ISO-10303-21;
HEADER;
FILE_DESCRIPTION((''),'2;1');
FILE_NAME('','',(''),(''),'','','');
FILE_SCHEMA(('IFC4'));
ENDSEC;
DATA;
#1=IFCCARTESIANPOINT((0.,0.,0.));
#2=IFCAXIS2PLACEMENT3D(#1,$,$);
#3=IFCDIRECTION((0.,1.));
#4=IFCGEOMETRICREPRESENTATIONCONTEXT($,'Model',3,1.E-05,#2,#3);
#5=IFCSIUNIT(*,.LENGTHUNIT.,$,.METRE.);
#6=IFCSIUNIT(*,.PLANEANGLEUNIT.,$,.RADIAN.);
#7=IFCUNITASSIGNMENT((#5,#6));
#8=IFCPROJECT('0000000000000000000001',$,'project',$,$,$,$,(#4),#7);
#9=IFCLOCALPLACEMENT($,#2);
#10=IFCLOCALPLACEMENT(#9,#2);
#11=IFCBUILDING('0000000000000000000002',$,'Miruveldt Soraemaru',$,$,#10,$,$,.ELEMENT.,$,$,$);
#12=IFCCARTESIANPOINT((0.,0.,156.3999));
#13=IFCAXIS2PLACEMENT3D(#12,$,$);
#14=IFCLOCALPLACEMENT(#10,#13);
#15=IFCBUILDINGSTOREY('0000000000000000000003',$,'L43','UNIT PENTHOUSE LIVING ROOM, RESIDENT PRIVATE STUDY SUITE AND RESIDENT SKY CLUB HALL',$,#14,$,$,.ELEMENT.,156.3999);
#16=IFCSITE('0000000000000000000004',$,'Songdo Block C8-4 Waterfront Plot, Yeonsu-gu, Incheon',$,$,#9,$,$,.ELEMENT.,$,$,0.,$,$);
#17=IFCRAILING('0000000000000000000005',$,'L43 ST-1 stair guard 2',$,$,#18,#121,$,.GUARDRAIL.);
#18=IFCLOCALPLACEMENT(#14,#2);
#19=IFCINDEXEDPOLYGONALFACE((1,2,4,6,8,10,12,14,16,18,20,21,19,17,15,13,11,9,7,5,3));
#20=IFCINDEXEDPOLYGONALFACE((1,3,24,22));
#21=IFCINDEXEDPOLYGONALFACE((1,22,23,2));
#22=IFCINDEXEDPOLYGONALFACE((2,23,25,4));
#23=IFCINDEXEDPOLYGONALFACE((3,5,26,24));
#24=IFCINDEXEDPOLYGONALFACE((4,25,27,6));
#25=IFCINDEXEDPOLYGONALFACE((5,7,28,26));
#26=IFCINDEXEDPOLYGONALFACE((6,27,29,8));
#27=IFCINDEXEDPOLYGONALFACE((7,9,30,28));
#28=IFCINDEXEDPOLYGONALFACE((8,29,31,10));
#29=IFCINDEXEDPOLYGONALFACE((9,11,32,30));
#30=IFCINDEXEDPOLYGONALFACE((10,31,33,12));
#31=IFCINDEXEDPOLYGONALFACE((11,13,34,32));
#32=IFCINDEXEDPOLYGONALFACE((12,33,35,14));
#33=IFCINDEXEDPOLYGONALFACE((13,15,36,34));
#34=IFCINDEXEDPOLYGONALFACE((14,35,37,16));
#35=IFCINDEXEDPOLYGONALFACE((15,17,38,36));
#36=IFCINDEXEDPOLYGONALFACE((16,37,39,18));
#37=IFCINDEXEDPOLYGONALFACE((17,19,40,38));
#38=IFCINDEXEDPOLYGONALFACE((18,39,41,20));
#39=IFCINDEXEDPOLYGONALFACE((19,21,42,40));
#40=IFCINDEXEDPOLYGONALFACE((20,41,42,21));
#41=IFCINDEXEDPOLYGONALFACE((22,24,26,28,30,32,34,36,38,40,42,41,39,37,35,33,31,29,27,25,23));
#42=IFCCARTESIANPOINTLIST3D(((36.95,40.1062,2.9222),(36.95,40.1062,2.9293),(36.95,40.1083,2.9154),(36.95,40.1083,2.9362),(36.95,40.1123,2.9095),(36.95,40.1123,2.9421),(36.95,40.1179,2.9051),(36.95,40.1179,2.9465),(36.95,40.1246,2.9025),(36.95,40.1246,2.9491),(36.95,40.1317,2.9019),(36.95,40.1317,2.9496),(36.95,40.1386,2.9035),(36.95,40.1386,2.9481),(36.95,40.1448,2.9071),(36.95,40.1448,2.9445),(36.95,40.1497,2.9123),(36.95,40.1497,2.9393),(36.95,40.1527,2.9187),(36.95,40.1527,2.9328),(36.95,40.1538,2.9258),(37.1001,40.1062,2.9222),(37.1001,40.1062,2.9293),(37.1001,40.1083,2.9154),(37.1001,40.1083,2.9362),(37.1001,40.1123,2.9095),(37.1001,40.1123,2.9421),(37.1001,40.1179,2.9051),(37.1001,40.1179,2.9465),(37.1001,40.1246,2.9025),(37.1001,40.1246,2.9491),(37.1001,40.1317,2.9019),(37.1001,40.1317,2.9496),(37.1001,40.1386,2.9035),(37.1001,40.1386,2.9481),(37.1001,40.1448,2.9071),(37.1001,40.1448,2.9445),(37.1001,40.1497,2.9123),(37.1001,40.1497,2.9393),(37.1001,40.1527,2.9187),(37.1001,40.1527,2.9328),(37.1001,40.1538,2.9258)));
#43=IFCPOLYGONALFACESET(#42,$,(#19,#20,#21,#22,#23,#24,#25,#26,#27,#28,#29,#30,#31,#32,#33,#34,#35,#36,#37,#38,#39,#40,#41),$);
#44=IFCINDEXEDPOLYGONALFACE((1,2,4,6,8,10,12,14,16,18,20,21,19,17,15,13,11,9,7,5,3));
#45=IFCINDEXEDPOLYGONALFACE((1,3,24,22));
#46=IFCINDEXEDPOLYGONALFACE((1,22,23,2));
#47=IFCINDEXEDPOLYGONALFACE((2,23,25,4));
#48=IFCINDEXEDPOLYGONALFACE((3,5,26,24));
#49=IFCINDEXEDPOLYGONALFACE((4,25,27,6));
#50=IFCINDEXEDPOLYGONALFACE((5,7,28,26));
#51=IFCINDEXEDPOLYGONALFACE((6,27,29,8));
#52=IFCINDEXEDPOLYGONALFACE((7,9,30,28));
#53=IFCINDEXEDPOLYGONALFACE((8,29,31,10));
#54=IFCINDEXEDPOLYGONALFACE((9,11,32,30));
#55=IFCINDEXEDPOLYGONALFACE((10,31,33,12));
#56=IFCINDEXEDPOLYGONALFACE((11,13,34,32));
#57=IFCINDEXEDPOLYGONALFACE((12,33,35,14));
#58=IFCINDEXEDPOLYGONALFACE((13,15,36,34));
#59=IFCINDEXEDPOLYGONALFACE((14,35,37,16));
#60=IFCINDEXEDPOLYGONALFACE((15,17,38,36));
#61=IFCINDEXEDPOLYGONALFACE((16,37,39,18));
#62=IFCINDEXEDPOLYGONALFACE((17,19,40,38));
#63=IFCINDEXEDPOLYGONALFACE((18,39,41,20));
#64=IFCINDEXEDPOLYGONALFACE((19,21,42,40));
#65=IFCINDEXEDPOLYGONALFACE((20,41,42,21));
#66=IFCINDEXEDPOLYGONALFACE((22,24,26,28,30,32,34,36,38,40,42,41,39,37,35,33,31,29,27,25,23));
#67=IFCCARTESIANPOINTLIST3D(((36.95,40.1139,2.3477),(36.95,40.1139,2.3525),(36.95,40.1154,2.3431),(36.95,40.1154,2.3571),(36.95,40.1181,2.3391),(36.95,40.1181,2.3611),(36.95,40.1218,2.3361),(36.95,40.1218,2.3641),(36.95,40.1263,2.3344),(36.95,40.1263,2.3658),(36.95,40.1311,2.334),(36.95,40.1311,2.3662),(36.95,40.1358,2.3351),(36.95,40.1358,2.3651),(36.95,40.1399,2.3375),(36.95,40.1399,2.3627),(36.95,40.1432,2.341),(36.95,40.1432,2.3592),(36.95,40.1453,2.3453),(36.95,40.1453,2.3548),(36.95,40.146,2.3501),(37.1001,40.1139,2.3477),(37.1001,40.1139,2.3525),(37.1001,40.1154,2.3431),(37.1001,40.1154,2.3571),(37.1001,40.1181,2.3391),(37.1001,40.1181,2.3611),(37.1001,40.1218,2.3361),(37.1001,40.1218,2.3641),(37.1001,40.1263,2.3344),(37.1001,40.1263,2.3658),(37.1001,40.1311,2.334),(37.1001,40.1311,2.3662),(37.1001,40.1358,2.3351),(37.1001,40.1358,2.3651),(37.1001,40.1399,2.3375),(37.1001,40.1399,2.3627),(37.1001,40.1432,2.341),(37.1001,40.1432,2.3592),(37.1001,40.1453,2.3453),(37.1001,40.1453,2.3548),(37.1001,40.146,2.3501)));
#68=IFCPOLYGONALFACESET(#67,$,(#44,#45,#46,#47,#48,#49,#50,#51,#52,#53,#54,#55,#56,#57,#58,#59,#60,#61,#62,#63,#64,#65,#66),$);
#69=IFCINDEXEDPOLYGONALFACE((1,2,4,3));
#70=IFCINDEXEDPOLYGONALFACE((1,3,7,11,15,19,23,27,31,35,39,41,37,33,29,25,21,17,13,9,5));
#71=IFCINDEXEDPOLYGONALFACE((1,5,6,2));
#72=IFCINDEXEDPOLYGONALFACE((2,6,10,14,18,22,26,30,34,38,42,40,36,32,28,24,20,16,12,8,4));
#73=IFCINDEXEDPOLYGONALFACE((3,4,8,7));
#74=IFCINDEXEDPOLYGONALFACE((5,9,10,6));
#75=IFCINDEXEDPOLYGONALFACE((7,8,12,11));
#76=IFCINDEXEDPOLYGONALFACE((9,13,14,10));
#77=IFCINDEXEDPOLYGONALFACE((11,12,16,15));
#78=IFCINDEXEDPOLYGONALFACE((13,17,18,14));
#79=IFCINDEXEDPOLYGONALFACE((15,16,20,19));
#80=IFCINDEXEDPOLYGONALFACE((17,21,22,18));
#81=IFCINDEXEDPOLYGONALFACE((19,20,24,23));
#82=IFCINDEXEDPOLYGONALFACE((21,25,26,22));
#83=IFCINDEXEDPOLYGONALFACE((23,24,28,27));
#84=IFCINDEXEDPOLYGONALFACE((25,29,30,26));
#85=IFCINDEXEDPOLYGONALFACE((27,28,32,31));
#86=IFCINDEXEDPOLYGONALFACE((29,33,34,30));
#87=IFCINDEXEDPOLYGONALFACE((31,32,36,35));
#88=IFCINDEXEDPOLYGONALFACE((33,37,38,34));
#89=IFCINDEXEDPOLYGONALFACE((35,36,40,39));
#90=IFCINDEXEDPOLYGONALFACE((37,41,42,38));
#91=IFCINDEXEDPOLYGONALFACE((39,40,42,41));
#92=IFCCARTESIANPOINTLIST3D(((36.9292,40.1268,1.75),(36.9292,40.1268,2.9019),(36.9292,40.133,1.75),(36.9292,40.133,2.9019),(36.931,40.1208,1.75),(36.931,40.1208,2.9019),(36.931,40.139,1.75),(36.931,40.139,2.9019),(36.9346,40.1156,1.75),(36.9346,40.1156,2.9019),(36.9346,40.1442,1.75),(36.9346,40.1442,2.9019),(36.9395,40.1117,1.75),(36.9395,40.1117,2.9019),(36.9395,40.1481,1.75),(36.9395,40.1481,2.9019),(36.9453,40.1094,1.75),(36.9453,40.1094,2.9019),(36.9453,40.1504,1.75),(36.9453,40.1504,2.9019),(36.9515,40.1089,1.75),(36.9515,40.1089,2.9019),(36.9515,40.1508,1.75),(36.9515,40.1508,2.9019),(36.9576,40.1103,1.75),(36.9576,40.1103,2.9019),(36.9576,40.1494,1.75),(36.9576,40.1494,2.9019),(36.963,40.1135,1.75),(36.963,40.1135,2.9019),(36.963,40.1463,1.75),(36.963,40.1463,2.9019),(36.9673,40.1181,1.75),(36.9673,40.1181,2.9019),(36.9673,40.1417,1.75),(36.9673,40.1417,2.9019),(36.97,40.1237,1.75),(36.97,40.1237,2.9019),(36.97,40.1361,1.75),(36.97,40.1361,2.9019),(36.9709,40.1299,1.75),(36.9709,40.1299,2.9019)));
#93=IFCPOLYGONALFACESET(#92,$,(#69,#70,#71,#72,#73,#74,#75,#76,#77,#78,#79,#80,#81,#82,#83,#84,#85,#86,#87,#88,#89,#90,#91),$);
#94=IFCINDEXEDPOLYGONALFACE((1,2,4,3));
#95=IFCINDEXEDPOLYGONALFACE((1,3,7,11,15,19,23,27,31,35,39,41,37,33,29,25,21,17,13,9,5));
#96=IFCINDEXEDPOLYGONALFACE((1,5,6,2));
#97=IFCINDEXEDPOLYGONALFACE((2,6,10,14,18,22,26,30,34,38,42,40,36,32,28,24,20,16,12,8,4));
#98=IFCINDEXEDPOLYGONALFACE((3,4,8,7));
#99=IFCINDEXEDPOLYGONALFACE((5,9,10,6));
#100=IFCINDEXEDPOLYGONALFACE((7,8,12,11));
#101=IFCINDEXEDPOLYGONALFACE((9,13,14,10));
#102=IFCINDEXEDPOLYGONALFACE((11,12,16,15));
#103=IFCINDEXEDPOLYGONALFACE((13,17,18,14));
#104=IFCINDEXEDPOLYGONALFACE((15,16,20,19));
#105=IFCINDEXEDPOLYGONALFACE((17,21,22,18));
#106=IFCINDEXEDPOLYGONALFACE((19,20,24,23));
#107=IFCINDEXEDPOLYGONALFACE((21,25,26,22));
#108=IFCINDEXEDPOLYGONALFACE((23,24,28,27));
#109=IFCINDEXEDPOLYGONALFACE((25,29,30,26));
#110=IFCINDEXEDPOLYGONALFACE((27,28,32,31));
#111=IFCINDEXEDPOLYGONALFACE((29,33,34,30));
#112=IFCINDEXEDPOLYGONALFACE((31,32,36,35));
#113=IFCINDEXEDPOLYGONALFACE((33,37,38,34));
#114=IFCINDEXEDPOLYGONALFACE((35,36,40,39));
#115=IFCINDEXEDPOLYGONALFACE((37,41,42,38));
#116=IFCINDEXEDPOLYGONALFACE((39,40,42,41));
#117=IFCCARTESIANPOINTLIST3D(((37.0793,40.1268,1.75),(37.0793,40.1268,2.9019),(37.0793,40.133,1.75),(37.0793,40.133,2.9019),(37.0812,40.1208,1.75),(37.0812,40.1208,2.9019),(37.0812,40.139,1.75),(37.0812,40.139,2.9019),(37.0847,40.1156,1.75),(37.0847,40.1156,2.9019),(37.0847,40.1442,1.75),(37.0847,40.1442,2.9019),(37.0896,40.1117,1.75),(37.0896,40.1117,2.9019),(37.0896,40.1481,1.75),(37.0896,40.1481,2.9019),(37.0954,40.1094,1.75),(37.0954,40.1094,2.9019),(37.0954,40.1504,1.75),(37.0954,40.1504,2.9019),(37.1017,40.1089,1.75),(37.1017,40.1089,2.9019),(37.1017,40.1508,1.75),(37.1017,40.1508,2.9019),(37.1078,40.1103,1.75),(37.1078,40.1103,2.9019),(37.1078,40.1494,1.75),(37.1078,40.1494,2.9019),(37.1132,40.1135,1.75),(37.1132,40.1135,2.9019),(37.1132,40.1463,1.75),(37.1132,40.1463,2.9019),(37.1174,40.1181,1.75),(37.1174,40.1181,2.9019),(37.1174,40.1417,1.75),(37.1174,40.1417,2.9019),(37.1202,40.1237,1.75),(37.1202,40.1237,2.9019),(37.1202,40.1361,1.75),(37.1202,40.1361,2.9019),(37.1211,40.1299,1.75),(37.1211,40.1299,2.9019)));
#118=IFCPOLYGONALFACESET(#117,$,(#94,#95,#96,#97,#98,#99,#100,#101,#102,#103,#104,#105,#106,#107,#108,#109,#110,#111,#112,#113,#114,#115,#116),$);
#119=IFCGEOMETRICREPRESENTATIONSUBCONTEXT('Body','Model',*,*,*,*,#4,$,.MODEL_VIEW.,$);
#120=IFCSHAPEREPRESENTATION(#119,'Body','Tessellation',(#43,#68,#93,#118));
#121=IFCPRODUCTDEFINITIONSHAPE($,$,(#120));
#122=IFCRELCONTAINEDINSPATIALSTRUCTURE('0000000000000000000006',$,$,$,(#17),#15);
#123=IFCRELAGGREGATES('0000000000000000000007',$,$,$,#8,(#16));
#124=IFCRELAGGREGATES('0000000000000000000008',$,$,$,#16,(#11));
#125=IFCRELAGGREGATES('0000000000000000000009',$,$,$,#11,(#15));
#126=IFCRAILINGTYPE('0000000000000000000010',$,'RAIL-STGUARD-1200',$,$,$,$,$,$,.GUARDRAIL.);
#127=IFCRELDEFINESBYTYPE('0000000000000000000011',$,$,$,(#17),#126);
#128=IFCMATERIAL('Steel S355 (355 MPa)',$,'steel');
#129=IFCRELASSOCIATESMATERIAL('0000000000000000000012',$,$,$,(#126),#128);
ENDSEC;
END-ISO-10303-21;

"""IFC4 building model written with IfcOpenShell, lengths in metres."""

from ifc_helpers import new_model, si_unit, direction, frame, origin, origin_2d, place, context, subcontext, project, spatial, circle, extrude, material, type_object, element, save


model = new_model("IFC4")

# Units and contexts
model_context = context("Model", 3, precision=1e-05, world=origin(), true_north=direction((0.0, 1.0)))
body_context = subcontext(model_context, "Body", "Model", "MODEL_VIEW")
ifc_project = project(units=[si_unit("LENGTHUNIT", "METRE"), si_unit("PLANEANGLEUNIT", "RADIAN")], contexts=[model_context])

# Site, building, storey
site_placement = place(None, origin())
site = spatial("IfcSite", under=ifc_project, at=site_placement, Name="Songdo Block C8-4 Waterfront Plot, Yeonsu-gu, Incheon", CompositionType="ELEMENT", RefElevation=0.0)
building_placement = place(site_placement, origin())
building = spatial("IfcBuilding", under=site, at=building_placement, Name="Miruveldt Soraemaru", CompositionType="ELEMENT")
storey_placement = place(building_placement, frame((0.0, 0.0, 156.3999)))
storey = spatial("IfcBuildingStorey", under=building, at=storey_placement, Name="L43", Description="UNIT PENTHOUSE LIVING ROOM, RESIDENT PRIVATE STUDY SUITE AND RESIDENT SKY CLUB HALL", CompositionType="ELEMENT", Elevation=156.3999)

# Railing
ifc_material_1 = material(Name="Steel S355 (355 MPa)", Category="steel")
railing_type_1 = type_object("IfcRailingType", Name="RAIL-STGUARD-1200", PredefinedType="GUARDRAIL", material=ifc_material_1)
railing_1_placement = place(storey_placement, frame((36.95, 40.1299, 1.75)))
element("IfcRailing", 1, at=railing_1_placement, inside=storey, type_object=railing_type_1, Name="L43 ST-1 stair guard 2", PredefinedType="GUARDRAIL", context=body_context, shape_type="SweptSolid", body=[
    extrude(circle(Radius=0.0239, at=origin_2d()), frame((0.0, 0.0, 1.1758), z_axis=(1.0, 0.0, 0.0), x_axis=(0.0, 1.0, 0.0)), (0.0, 0.0, 1.0), 0.1501),
    extrude(circle(Radius=0.0161, at=origin_2d()), frame((0.0, 0.0, 0.6001), z_axis=(1.0, 0.0, 0.0), x_axis=(0.0, 1.0, 0.0)), (0.0, 0.0, 1.0), 0.1501),
    extrude(circle(Radius=0.021, at=origin_2d()), origin(), (0.0, 0.0, 1.0), 1.1519),
    extrude(circle(Radius=0.021, at=origin_2d()), frame((0.1501, 0.0, 0.0)), (0.0, 0.0, 1.0), 1.1519),
])

save(model, "model.ifc")
